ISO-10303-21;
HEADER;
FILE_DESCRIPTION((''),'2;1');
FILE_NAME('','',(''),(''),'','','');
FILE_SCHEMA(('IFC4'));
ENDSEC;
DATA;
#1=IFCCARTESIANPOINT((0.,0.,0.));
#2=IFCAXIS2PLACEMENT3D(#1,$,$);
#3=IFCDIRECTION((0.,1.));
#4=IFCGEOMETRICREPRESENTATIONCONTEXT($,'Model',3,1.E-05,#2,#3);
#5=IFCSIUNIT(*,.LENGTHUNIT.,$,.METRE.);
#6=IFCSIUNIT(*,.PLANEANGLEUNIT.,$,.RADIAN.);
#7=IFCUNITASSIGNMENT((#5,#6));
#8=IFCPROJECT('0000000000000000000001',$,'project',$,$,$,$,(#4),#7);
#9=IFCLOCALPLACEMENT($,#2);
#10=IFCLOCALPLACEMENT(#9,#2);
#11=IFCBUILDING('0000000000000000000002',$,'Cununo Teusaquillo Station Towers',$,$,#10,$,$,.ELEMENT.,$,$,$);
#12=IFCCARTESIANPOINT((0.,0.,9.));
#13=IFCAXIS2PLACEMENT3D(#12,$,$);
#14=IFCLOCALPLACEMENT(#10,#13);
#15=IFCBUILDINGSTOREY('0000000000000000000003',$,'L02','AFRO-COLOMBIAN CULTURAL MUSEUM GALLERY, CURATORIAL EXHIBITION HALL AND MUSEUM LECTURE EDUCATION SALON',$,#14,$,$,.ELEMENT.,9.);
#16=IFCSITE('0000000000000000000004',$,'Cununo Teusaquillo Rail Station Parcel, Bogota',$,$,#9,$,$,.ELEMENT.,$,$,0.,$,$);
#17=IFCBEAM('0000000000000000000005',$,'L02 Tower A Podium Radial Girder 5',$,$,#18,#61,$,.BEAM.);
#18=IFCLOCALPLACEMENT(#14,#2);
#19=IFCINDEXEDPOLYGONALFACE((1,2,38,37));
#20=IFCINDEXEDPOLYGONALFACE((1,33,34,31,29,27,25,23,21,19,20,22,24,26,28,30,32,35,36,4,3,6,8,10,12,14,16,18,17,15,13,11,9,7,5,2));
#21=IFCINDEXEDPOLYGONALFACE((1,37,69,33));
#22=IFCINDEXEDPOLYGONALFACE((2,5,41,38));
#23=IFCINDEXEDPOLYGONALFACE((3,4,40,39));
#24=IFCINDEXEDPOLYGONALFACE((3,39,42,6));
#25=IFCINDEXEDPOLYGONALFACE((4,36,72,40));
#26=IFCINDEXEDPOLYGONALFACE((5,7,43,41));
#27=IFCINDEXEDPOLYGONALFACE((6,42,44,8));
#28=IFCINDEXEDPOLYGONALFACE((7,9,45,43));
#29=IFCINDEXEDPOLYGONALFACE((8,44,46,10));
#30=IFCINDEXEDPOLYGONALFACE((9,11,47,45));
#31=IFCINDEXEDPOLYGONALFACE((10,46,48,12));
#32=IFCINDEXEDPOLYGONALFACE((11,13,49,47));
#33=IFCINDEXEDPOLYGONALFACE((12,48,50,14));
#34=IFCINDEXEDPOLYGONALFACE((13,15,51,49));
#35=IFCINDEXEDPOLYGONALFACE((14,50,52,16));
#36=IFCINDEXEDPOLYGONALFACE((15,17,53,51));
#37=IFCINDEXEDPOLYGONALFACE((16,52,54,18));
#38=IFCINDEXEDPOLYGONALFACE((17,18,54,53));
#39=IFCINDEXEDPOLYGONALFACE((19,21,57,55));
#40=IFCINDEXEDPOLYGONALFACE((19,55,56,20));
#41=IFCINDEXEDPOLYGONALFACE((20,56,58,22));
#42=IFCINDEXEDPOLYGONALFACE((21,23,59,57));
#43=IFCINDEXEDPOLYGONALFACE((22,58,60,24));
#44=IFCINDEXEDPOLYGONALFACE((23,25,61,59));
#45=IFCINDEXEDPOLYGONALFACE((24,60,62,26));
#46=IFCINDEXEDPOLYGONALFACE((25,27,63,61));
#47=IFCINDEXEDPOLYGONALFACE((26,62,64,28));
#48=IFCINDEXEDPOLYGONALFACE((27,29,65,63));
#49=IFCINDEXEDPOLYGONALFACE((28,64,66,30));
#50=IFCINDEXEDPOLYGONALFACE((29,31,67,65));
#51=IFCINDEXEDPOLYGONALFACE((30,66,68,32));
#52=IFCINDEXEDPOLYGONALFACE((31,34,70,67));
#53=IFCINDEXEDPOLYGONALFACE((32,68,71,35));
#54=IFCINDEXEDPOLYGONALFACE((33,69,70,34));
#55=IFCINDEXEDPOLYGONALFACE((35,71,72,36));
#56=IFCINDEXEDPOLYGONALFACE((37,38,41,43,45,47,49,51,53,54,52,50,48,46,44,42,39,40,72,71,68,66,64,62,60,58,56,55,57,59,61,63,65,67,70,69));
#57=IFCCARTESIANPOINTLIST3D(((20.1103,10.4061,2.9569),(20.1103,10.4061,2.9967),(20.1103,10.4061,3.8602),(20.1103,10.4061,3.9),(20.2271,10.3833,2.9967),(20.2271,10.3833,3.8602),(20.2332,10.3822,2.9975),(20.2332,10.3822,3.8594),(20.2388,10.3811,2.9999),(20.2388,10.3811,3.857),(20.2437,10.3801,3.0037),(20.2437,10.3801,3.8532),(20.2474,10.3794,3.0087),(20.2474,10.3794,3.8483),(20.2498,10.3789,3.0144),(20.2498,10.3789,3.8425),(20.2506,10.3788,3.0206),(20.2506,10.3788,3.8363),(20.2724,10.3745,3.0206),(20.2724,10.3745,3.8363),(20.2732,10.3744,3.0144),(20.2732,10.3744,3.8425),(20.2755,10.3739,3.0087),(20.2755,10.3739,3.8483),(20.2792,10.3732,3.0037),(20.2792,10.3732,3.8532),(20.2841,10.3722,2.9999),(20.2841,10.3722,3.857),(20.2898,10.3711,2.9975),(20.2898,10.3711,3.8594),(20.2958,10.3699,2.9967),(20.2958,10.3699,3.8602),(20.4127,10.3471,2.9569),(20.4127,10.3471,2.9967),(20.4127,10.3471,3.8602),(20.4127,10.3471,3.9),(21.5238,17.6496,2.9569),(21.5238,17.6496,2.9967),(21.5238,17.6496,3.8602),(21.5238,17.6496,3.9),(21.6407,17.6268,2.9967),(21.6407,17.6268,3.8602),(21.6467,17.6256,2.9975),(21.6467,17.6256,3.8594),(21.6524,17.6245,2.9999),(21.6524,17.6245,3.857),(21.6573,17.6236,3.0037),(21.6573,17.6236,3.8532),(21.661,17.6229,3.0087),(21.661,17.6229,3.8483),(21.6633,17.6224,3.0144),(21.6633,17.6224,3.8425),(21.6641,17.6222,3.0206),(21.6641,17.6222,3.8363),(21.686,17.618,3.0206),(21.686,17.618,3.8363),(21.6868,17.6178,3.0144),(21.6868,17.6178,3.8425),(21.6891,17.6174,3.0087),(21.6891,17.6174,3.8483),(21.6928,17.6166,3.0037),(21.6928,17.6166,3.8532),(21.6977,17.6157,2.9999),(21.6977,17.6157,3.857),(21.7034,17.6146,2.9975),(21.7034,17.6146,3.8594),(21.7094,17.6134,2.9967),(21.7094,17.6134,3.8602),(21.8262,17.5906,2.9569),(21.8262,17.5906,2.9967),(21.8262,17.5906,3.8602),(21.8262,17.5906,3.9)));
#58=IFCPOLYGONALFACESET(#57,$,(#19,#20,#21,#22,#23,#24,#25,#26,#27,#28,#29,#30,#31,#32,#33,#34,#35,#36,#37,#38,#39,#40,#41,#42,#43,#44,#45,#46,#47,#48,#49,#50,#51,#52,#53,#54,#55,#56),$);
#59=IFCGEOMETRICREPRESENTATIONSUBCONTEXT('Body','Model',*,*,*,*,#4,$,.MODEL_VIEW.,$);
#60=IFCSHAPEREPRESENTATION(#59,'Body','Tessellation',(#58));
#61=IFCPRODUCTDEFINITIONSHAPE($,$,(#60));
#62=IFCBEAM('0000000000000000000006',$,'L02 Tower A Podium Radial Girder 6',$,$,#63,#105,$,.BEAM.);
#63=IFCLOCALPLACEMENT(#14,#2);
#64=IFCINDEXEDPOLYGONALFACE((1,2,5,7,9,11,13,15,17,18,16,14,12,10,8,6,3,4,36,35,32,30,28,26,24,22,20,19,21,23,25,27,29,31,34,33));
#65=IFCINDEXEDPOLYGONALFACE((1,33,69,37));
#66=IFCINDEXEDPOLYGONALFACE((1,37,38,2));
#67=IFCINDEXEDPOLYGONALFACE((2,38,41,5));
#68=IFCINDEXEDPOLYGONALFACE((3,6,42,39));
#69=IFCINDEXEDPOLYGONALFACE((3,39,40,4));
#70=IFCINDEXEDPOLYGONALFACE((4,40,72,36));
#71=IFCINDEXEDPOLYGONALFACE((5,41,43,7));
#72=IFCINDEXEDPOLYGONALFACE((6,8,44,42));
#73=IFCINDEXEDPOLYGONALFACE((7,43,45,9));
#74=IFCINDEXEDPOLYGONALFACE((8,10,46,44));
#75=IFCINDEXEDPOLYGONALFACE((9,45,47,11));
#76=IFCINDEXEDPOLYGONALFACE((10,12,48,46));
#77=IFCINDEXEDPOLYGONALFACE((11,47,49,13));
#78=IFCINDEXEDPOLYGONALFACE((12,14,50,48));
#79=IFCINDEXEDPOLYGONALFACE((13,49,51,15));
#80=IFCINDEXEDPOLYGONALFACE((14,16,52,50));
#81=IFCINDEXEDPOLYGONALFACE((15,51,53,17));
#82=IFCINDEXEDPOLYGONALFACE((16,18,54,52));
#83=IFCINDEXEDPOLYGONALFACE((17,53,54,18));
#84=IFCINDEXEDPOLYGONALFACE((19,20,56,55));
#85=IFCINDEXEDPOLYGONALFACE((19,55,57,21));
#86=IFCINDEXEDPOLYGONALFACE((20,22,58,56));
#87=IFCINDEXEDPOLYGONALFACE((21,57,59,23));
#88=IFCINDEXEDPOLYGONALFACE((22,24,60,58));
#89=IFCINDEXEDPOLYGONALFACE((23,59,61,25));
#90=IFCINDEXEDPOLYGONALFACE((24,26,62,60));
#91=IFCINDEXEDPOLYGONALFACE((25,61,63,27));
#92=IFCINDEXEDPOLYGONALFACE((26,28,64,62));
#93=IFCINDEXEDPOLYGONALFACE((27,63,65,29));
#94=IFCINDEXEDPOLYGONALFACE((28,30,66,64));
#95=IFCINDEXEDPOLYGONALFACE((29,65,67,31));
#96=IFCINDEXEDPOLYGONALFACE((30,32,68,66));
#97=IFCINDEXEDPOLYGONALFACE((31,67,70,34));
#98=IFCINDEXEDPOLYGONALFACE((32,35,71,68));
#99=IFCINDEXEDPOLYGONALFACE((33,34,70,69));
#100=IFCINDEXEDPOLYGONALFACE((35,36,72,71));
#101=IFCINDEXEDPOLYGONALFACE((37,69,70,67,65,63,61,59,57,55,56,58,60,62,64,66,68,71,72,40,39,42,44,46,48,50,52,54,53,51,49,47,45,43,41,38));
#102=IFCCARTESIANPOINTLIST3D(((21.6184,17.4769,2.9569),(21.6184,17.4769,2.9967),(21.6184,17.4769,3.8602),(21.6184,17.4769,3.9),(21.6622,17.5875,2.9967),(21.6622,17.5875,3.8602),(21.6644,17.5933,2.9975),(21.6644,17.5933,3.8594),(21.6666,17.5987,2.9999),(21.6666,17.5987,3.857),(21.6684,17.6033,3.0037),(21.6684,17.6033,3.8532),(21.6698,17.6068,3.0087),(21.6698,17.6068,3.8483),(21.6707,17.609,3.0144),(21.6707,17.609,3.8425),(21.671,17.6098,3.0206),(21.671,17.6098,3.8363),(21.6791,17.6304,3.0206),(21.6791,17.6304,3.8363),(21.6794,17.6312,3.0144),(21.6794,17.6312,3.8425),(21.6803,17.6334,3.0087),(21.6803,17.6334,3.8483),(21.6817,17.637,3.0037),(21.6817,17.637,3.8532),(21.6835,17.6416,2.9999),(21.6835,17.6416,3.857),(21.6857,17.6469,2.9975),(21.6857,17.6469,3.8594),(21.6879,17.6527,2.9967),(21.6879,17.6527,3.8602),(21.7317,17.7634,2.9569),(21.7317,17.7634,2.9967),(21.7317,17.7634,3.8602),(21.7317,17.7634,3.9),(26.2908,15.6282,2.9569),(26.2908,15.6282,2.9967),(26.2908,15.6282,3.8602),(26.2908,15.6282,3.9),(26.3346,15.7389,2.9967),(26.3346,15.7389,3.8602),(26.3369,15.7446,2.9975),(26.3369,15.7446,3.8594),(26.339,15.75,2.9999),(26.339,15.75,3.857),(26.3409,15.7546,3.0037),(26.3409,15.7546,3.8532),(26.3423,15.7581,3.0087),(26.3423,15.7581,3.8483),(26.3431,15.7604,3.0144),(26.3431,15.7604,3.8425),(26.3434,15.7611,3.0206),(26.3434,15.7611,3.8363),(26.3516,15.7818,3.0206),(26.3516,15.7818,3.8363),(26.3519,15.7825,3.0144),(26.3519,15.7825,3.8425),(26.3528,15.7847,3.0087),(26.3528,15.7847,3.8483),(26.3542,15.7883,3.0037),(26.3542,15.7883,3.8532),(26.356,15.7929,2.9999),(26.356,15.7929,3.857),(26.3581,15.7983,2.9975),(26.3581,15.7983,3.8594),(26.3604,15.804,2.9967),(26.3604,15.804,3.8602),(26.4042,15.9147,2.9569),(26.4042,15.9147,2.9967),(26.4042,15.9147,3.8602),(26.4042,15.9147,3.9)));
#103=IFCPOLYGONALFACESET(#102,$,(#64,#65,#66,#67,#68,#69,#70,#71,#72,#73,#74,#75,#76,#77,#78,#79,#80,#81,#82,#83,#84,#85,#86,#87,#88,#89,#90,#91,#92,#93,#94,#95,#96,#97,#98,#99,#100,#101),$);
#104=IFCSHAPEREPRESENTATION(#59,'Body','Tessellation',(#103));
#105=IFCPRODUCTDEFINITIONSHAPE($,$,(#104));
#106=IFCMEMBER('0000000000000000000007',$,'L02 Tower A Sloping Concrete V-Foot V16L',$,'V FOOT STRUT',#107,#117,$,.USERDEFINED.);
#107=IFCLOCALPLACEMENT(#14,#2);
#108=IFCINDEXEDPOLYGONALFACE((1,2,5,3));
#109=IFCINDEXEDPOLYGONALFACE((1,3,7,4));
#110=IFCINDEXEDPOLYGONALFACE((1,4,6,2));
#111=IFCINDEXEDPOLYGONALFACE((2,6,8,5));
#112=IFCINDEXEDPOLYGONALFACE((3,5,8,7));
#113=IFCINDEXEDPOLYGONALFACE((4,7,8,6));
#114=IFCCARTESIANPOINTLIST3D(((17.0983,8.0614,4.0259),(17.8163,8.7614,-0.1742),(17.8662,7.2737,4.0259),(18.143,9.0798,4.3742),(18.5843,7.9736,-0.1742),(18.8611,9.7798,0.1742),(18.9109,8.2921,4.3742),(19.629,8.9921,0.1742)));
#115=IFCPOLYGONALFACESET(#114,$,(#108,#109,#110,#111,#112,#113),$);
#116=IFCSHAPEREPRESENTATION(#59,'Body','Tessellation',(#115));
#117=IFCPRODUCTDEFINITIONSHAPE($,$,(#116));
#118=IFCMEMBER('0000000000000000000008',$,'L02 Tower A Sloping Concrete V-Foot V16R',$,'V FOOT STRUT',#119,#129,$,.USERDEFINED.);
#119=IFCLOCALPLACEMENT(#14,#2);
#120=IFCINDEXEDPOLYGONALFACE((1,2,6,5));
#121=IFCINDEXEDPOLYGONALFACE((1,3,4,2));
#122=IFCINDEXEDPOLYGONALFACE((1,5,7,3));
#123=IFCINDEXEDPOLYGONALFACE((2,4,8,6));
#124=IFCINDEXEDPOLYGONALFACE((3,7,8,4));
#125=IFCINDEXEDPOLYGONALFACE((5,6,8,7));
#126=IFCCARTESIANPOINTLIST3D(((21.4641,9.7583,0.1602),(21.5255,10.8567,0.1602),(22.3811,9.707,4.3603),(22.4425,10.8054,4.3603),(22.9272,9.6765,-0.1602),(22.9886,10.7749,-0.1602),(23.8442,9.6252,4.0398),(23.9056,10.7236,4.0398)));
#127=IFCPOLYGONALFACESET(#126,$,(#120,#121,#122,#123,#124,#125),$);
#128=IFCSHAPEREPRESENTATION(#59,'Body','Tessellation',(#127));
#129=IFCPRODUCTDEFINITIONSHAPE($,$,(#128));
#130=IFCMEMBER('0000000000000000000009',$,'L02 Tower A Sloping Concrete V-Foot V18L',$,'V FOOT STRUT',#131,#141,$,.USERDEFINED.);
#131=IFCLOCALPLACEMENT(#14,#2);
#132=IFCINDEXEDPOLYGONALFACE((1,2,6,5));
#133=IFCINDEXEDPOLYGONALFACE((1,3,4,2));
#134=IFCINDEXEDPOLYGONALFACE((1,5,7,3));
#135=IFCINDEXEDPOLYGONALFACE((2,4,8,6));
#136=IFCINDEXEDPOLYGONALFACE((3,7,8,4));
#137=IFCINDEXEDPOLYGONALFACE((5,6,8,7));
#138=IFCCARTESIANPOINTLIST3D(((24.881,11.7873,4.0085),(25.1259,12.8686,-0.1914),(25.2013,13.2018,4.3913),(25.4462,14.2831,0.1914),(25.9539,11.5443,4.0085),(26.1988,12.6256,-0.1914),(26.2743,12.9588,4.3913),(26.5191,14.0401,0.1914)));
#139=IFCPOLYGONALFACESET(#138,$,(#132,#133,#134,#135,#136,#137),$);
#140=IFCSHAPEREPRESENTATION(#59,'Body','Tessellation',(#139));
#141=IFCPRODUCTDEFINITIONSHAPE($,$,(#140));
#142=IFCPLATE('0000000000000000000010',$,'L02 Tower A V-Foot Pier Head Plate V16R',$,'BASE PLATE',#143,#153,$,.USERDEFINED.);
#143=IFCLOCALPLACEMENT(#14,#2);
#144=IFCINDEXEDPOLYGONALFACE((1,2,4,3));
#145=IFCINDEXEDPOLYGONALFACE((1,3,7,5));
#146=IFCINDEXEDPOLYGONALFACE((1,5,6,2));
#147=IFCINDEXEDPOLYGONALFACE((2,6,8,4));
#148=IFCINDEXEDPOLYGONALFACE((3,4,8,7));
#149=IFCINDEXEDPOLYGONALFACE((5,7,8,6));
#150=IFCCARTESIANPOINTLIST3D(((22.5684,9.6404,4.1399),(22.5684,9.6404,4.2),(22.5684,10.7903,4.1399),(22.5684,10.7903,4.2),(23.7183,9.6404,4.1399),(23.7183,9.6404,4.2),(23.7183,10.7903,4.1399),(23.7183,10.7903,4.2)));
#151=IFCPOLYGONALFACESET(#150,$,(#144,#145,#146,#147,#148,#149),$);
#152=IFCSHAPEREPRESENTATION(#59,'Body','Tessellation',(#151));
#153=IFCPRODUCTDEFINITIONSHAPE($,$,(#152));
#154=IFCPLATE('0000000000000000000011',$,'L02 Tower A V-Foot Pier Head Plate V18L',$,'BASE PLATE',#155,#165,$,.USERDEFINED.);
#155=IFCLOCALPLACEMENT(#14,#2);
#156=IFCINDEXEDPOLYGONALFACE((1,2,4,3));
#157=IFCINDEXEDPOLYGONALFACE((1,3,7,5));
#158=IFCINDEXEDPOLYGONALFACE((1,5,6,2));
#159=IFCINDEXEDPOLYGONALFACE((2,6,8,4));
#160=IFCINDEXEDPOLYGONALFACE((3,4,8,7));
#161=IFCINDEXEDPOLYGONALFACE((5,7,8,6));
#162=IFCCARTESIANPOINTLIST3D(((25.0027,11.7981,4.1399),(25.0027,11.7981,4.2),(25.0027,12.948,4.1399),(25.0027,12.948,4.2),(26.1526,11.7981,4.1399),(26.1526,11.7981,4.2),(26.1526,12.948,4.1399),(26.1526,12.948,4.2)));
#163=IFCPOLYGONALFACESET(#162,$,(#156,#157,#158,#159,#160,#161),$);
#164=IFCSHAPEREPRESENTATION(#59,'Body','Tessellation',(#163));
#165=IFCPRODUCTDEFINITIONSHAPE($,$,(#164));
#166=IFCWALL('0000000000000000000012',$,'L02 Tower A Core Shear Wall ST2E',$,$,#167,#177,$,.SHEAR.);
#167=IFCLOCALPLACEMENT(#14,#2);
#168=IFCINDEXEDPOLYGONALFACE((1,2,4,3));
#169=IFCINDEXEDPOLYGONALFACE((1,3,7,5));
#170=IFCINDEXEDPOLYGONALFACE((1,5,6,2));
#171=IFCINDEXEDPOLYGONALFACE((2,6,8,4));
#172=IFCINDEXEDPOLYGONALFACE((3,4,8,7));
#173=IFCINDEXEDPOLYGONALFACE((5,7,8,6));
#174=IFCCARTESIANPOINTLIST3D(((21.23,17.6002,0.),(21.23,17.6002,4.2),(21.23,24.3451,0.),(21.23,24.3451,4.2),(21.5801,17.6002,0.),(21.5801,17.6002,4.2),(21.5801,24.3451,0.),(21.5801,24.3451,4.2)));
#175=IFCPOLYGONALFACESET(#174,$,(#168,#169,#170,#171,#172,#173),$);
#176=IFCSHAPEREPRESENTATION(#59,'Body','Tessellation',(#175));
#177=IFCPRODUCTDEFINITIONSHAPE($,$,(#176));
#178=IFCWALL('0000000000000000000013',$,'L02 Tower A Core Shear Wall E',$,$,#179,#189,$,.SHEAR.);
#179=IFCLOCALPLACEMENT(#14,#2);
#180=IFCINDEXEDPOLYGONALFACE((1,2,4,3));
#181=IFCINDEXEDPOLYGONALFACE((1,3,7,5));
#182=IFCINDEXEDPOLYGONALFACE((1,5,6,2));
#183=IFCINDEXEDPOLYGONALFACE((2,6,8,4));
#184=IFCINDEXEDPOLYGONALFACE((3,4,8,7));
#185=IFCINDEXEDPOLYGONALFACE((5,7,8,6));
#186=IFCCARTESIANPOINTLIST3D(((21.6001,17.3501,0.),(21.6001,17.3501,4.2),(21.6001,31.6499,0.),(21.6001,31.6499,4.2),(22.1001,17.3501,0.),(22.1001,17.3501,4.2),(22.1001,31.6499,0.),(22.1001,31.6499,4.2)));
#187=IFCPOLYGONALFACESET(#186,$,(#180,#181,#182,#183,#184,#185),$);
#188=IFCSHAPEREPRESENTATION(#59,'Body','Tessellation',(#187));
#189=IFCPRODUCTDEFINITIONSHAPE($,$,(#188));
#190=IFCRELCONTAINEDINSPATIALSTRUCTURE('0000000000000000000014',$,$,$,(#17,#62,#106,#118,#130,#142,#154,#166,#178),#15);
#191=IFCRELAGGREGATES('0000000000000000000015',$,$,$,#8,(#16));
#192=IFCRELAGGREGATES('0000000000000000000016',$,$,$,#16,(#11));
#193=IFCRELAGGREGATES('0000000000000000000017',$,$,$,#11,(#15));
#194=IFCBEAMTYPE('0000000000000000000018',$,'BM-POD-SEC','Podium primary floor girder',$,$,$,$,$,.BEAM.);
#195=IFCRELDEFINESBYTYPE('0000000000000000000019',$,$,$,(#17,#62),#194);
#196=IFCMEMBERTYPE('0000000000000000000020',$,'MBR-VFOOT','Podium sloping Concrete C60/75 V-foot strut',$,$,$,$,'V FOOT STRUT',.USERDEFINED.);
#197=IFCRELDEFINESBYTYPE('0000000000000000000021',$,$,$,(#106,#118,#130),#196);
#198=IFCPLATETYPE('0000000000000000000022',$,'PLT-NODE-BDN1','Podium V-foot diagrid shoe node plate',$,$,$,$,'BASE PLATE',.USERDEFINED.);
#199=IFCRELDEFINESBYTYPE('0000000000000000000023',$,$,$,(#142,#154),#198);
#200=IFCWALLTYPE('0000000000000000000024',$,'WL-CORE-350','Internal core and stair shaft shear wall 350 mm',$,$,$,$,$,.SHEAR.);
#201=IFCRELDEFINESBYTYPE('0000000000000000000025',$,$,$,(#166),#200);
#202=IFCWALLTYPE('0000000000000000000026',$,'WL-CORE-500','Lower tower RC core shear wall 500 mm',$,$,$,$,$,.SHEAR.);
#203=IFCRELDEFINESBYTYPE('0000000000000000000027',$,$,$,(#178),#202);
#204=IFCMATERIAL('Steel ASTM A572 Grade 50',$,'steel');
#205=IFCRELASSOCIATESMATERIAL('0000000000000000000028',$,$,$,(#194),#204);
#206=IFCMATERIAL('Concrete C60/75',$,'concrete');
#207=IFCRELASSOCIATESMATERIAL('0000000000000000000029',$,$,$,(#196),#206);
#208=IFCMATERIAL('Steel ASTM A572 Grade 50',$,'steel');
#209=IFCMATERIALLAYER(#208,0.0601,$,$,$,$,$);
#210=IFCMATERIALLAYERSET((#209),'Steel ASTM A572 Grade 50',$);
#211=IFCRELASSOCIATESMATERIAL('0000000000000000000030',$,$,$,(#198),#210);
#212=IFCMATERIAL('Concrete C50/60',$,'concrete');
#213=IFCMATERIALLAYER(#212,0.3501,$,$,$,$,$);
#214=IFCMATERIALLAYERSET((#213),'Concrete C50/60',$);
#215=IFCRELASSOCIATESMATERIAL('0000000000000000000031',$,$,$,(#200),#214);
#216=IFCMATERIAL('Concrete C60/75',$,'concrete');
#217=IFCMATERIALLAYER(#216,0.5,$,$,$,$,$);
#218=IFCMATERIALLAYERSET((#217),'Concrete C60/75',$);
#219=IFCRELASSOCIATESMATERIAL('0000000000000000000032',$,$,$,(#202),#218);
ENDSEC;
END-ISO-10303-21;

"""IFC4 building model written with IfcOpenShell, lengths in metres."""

from ifc_helpers import new_model, si_unit, direction, frame, frame_2d, origin, origin_2d, place, context, subcontext, project, spatial, rectangle, i_section, extrude, source, transform, mapped, material, layer, layer_set, material_profile, profile_set, type_object, element, save


model = new_model("IFC4")

# Units and contexts
model_context = context("Model", 3, precision=1e-05, world=origin(), true_north=direction((0.0, 1.0)))
body_context = subcontext(model_context, "Body", "Model", "MODEL_VIEW")
ifc_project = project(units=[si_unit("LENGTHUNIT", "METRE"), si_unit("PLANEANGLEUNIT", "RADIAN")], contexts=[model_context])

# Site, building, storey
site_placement = place(None, origin())
site = spatial("IfcSite", under=ifc_project, at=site_placement, Name="Cununo Teusaquillo Rail Station Parcel, Bogota", CompositionType="ELEMENT", RefElevation=0.0)
building_placement = place(site_placement, origin())
building = spatial("IfcBuilding", under=site, at=building_placement, Name="Cununo Teusaquillo Station Towers", CompositionType="ELEMENT")
storey_placement = place(building_placement, frame((0.0, 0.0, 9.0)))
storey = spatial("IfcBuildingStorey", under=building, at=storey_placement, Name="L02", Description="AFRO-COLOMBIAN CULTURAL MUSEUM GALLERY, CURATORIAL EXHIBITION HALL AND MUSEUM LECTURE EDUCATION SALON", CompositionType="ELEMENT", Elevation=9.0)

# Beams
ifc_material_1 = material(Name="Steel ASTM A572 Grade 50", Category="steel")
ifc_material_profile_1 = material_profile(ifc_material_1, i_section(OverallWidth=0.3081, OverallDepth=0.9431, WebThickness=0.0222, FlangeThickness=0.0398, FilletRadius=0.0239, at=origin_2d()), Name="W36X232")
ifc_profile_set_1 = profile_set([ifc_material_profile_1], Name="Steel ASTM A572 Grade 50")
beam_type_1 = type_object("IfcBeamType", Name="BM-POD-SEC", Description="Podium primary floor girder", PredefinedType="BEAM", material=ifc_profile_set_1)
beam_1_placement = place(storey_placement, frame((21.675, 17.6201, 3.4285), z_axis=(-0.19154, -0.981485, 0.0), x_axis=(0.981485, -0.19154, 0.0)))
element("IfcBeam", 1, at=beam_1_placement, inside=storey, type_object=beam_type_1, Name="L02 Tower A Podium Radial Girder 5", PredefinedType="BEAM", context=body_context, shape_type="SweptSolid", body=[
    extrude(i_section(OverallWidth=0.3081, OverallDepth=0.9431, WebThickness=0.0222, FlangeThickness=0.0398, FilletRadius=0.0239, at=origin_2d()), origin(), (0.0, 0.0, 1.0), 7.3801),
])
beam_2_placement = place(storey_placement, frame((21.675, 17.6201, 3.4285), z_axis=(0.929864, -0.367903, 0.0), x_axis=(0.367903, 0.929864, 0.0)))
element("IfcBeam", 2, at=beam_2_placement, inside=storey, type_object=beam_type_1, Name="L02 Tower A Podium Radial Girder 6", PredefinedType="BEAM", context=body_context, shape_type="SweptSolid", body=[
    extrude(i_section(OverallWidth=0.3081, OverallDepth=0.9431, WebThickness=0.0222, FlangeThickness=0.0398, FilletRadius=0.0239, at=origin_2d()), origin(), (0.0, 0.0, 1.0), 5.0249),
])

# Members
ifc_material_2 = material(Name="Concrete C60/75", Category="concrete")
ifc_material_profile_2 = material_profile(ifc_material_2, rectangle(XDim=1.1001, YDim=1.5, at=origin_2d()), Name="RC-RECT-1500x1100")
ifc_profile_set_2 = profile_set([ifc_material_profile_2], Name="Concrete C60/75")
member_type = type_object("IfcMemberType", Name="MBR-VFOOT", Description="Podium sloping Concrete C60/75 V-foot strut", ElementType="V FOOT STRUT", PredefinedType="USERDEFINED", material=ifc_profile_set_2)
member_1_placement = place(storey_placement, frame((18.7227, 8.8767, 0.0), z_axis=(-0.166285, -0.162101, 0.972663), x_axis=(0.698041, -0.716058, 0.0)))
element("IfcMember", 3, at=member_1_placement, inside=storey, type_object=member_type, Name="L02 Tower A Sloping Concrete V-Foot V16L", ObjectType="V FOOT STRUT", PredefinedType="USERDEFINED", context=body_context, shape_type="SweptSolid", body=[
    extrude(rectangle(XDim=1.1001, YDim=1.5, at=origin_2d()), origin(), (0.0, 0.0, 1.0), 4.3181),
])
member_2_placement = place(storey_placement, frame((22.2263, 10.2666, 0.0), z_axis=(0.213294, -0.011925, 0.976915), x_axis=(0.055823, 0.998441, 0.0)))
element("IfcMember", 4, at=member_2_placement, inside=storey, type_object=member_type, Name="L02 Tower A Sloping Concrete V-Foot V16R", ObjectType="V FOOT STRUT", PredefinedType="USERDEFINED", context=body_context, shape_type="SweptSolid", body=[
    extrude(rectangle(XDim=1.1001, YDim=1.5, at=origin_2d()), origin(), (0.0, 0.0, 1.0), 4.2993),
])
member_3_placement = place(storey_placement, frame((25.8225, 13.4543, 0.0), z_axis=(-0.056373, -0.248928, 0.96688), x_axis=(0.975303, -0.220869, 0.0)))
element("IfcMember", 5, at=member_3_placement, inside=storey, type_object=member_type, Name="L02 Tower A Sloping Concrete V-Foot V18L", ObjectType="V FOOT STRUT", PredefinedType="USERDEFINED", context=body_context, shape_type="SweptSolid", body=[
    extrude(rectangle(XDim=1.1001, YDim=1.5, at=origin_2d()), origin(), (0.0, 0.0, 1.0), 4.3438),
])

# Plates
ifc_material_3 = material(Name="Steel ASTM A572 Grade 50", Category="steel")
ifc_layer_1 = layer(ifc_material_3, 0.0601)
ifc_layer_set_1 = layer_set([ifc_layer_1], Name="Steel ASTM A572 Grade 50")
plate_type = type_object("IfcPlateType", Name="PLT-NODE-BDN1", Description="Podium V-foot diagrid shoe node plate", ElementType="BASE PLATE", PredefinedType="USERDEFINED", material=ifc_layer_set_1)
shared_shape = source(origin(), body_context, "Body", "SweptSolid", [
    extrude(rectangle(XDim=1.1499, YDim=1.1499, at=origin_2d()), origin(), (0.0, 0.0, 1.0), 0.0601),
])
for number, where, z_axis, x_axis, name in (
    (6, (23.1433, 10.2153, 4.1399), (0.0, 0.0, 1.0), (1.0, 0.0, 0.0), "L02 Tower A V-Foot Pier Head Plate V16R"),
    (7, (25.5776, 12.373, 4.1399), (0.0, 0.0, 1.0), (1.0, 0.0, 0.0), "L02 Tower A V-Foot Pier Head Plate V18L"),
):
    element("IfcPlate", number, at=place(storey_placement, frame(where, z_axis=z_axis, x_axis=x_axis)), inside=storey, type_object=plate_type, Name=name, ObjectType="BASE PLATE", PredefinedType="USERDEFINED", context=body_context, shape_type="MappedRepresentation", body=[
        mapped(shared_shape, transform((0.0, 0.0, 0.0), x_axis=(1.0, 0.0, 0.0), y_axis=(0.0, 1.0, 0.0), z_axis=(0.0, 0.0, 1.0), scale=1.0)),
    ])

# Walls
ifc_material_4 = material(Name="Concrete C50/60", Category="concrete")
ifc_layer_2 = layer(ifc_material_4, 0.3501)
ifc_layer_set_2 = layer_set([ifc_layer_2], Name="Concrete C50/60")
wall_type_1 = type_object("IfcWallType", Name="WL-CORE-350", Description="Internal core and stair shaft shear wall 350 mm", PredefinedType="SHEAR", material=ifc_layer_set_2)
wall_1_placement = place(storey_placement, frame((21.405, 17.6001, 0.0), z_axis=(0.0, 0.0, 1.0), x_axis=(0.0, 1.0, 0.0)))
element("IfcWall", 8, at=wall_1_placement, inside=storey, type_object=wall_type_1, Name="L02 Tower A Core Shear Wall ST2E", PredefinedType="SHEAR", context=body_context, shape_type="SweptSolid", body=[
    extrude(rectangle(XDim=6.7449, YDim=0.3501, at=frame_2d((3.3726, 0.0))), origin(), (0.0, 0.0, 1.0), 4.2),
])
ifc_material_5 = material(Name="Concrete C60/75", Category="concrete")
ifc_layer_3 = layer(ifc_material_5, 0.5)
ifc_layer_set_3 = layer_set([ifc_layer_3], Name="Concrete C60/75")
wall_type_2 = type_object("IfcWallType", Name="WL-CORE-500", Description="Lower tower RC core shear wall 500 mm", PredefinedType="SHEAR", material=ifc_layer_set_3)
wall_2_placement = place(storey_placement, frame((21.8501, 17.3501, 0.0), z_axis=(0.0, 0.0, 1.0), x_axis=(0.0, 1.0, 0.0)))
element("IfcWall", 9, at=wall_2_placement, inside=storey, type_object=wall_type_2, Name="L02 Tower A Core Shear Wall E", PredefinedType="SHEAR", context=body_context, shape_type="SweptSolid", body=[
    extrude(rectangle(XDim=14.2998, YDim=0.5, at=frame_2d((7.1499, 0.0))), origin(), (0.0, 0.0, 1.0), 4.2),
])

save(model, "model.ifc")
